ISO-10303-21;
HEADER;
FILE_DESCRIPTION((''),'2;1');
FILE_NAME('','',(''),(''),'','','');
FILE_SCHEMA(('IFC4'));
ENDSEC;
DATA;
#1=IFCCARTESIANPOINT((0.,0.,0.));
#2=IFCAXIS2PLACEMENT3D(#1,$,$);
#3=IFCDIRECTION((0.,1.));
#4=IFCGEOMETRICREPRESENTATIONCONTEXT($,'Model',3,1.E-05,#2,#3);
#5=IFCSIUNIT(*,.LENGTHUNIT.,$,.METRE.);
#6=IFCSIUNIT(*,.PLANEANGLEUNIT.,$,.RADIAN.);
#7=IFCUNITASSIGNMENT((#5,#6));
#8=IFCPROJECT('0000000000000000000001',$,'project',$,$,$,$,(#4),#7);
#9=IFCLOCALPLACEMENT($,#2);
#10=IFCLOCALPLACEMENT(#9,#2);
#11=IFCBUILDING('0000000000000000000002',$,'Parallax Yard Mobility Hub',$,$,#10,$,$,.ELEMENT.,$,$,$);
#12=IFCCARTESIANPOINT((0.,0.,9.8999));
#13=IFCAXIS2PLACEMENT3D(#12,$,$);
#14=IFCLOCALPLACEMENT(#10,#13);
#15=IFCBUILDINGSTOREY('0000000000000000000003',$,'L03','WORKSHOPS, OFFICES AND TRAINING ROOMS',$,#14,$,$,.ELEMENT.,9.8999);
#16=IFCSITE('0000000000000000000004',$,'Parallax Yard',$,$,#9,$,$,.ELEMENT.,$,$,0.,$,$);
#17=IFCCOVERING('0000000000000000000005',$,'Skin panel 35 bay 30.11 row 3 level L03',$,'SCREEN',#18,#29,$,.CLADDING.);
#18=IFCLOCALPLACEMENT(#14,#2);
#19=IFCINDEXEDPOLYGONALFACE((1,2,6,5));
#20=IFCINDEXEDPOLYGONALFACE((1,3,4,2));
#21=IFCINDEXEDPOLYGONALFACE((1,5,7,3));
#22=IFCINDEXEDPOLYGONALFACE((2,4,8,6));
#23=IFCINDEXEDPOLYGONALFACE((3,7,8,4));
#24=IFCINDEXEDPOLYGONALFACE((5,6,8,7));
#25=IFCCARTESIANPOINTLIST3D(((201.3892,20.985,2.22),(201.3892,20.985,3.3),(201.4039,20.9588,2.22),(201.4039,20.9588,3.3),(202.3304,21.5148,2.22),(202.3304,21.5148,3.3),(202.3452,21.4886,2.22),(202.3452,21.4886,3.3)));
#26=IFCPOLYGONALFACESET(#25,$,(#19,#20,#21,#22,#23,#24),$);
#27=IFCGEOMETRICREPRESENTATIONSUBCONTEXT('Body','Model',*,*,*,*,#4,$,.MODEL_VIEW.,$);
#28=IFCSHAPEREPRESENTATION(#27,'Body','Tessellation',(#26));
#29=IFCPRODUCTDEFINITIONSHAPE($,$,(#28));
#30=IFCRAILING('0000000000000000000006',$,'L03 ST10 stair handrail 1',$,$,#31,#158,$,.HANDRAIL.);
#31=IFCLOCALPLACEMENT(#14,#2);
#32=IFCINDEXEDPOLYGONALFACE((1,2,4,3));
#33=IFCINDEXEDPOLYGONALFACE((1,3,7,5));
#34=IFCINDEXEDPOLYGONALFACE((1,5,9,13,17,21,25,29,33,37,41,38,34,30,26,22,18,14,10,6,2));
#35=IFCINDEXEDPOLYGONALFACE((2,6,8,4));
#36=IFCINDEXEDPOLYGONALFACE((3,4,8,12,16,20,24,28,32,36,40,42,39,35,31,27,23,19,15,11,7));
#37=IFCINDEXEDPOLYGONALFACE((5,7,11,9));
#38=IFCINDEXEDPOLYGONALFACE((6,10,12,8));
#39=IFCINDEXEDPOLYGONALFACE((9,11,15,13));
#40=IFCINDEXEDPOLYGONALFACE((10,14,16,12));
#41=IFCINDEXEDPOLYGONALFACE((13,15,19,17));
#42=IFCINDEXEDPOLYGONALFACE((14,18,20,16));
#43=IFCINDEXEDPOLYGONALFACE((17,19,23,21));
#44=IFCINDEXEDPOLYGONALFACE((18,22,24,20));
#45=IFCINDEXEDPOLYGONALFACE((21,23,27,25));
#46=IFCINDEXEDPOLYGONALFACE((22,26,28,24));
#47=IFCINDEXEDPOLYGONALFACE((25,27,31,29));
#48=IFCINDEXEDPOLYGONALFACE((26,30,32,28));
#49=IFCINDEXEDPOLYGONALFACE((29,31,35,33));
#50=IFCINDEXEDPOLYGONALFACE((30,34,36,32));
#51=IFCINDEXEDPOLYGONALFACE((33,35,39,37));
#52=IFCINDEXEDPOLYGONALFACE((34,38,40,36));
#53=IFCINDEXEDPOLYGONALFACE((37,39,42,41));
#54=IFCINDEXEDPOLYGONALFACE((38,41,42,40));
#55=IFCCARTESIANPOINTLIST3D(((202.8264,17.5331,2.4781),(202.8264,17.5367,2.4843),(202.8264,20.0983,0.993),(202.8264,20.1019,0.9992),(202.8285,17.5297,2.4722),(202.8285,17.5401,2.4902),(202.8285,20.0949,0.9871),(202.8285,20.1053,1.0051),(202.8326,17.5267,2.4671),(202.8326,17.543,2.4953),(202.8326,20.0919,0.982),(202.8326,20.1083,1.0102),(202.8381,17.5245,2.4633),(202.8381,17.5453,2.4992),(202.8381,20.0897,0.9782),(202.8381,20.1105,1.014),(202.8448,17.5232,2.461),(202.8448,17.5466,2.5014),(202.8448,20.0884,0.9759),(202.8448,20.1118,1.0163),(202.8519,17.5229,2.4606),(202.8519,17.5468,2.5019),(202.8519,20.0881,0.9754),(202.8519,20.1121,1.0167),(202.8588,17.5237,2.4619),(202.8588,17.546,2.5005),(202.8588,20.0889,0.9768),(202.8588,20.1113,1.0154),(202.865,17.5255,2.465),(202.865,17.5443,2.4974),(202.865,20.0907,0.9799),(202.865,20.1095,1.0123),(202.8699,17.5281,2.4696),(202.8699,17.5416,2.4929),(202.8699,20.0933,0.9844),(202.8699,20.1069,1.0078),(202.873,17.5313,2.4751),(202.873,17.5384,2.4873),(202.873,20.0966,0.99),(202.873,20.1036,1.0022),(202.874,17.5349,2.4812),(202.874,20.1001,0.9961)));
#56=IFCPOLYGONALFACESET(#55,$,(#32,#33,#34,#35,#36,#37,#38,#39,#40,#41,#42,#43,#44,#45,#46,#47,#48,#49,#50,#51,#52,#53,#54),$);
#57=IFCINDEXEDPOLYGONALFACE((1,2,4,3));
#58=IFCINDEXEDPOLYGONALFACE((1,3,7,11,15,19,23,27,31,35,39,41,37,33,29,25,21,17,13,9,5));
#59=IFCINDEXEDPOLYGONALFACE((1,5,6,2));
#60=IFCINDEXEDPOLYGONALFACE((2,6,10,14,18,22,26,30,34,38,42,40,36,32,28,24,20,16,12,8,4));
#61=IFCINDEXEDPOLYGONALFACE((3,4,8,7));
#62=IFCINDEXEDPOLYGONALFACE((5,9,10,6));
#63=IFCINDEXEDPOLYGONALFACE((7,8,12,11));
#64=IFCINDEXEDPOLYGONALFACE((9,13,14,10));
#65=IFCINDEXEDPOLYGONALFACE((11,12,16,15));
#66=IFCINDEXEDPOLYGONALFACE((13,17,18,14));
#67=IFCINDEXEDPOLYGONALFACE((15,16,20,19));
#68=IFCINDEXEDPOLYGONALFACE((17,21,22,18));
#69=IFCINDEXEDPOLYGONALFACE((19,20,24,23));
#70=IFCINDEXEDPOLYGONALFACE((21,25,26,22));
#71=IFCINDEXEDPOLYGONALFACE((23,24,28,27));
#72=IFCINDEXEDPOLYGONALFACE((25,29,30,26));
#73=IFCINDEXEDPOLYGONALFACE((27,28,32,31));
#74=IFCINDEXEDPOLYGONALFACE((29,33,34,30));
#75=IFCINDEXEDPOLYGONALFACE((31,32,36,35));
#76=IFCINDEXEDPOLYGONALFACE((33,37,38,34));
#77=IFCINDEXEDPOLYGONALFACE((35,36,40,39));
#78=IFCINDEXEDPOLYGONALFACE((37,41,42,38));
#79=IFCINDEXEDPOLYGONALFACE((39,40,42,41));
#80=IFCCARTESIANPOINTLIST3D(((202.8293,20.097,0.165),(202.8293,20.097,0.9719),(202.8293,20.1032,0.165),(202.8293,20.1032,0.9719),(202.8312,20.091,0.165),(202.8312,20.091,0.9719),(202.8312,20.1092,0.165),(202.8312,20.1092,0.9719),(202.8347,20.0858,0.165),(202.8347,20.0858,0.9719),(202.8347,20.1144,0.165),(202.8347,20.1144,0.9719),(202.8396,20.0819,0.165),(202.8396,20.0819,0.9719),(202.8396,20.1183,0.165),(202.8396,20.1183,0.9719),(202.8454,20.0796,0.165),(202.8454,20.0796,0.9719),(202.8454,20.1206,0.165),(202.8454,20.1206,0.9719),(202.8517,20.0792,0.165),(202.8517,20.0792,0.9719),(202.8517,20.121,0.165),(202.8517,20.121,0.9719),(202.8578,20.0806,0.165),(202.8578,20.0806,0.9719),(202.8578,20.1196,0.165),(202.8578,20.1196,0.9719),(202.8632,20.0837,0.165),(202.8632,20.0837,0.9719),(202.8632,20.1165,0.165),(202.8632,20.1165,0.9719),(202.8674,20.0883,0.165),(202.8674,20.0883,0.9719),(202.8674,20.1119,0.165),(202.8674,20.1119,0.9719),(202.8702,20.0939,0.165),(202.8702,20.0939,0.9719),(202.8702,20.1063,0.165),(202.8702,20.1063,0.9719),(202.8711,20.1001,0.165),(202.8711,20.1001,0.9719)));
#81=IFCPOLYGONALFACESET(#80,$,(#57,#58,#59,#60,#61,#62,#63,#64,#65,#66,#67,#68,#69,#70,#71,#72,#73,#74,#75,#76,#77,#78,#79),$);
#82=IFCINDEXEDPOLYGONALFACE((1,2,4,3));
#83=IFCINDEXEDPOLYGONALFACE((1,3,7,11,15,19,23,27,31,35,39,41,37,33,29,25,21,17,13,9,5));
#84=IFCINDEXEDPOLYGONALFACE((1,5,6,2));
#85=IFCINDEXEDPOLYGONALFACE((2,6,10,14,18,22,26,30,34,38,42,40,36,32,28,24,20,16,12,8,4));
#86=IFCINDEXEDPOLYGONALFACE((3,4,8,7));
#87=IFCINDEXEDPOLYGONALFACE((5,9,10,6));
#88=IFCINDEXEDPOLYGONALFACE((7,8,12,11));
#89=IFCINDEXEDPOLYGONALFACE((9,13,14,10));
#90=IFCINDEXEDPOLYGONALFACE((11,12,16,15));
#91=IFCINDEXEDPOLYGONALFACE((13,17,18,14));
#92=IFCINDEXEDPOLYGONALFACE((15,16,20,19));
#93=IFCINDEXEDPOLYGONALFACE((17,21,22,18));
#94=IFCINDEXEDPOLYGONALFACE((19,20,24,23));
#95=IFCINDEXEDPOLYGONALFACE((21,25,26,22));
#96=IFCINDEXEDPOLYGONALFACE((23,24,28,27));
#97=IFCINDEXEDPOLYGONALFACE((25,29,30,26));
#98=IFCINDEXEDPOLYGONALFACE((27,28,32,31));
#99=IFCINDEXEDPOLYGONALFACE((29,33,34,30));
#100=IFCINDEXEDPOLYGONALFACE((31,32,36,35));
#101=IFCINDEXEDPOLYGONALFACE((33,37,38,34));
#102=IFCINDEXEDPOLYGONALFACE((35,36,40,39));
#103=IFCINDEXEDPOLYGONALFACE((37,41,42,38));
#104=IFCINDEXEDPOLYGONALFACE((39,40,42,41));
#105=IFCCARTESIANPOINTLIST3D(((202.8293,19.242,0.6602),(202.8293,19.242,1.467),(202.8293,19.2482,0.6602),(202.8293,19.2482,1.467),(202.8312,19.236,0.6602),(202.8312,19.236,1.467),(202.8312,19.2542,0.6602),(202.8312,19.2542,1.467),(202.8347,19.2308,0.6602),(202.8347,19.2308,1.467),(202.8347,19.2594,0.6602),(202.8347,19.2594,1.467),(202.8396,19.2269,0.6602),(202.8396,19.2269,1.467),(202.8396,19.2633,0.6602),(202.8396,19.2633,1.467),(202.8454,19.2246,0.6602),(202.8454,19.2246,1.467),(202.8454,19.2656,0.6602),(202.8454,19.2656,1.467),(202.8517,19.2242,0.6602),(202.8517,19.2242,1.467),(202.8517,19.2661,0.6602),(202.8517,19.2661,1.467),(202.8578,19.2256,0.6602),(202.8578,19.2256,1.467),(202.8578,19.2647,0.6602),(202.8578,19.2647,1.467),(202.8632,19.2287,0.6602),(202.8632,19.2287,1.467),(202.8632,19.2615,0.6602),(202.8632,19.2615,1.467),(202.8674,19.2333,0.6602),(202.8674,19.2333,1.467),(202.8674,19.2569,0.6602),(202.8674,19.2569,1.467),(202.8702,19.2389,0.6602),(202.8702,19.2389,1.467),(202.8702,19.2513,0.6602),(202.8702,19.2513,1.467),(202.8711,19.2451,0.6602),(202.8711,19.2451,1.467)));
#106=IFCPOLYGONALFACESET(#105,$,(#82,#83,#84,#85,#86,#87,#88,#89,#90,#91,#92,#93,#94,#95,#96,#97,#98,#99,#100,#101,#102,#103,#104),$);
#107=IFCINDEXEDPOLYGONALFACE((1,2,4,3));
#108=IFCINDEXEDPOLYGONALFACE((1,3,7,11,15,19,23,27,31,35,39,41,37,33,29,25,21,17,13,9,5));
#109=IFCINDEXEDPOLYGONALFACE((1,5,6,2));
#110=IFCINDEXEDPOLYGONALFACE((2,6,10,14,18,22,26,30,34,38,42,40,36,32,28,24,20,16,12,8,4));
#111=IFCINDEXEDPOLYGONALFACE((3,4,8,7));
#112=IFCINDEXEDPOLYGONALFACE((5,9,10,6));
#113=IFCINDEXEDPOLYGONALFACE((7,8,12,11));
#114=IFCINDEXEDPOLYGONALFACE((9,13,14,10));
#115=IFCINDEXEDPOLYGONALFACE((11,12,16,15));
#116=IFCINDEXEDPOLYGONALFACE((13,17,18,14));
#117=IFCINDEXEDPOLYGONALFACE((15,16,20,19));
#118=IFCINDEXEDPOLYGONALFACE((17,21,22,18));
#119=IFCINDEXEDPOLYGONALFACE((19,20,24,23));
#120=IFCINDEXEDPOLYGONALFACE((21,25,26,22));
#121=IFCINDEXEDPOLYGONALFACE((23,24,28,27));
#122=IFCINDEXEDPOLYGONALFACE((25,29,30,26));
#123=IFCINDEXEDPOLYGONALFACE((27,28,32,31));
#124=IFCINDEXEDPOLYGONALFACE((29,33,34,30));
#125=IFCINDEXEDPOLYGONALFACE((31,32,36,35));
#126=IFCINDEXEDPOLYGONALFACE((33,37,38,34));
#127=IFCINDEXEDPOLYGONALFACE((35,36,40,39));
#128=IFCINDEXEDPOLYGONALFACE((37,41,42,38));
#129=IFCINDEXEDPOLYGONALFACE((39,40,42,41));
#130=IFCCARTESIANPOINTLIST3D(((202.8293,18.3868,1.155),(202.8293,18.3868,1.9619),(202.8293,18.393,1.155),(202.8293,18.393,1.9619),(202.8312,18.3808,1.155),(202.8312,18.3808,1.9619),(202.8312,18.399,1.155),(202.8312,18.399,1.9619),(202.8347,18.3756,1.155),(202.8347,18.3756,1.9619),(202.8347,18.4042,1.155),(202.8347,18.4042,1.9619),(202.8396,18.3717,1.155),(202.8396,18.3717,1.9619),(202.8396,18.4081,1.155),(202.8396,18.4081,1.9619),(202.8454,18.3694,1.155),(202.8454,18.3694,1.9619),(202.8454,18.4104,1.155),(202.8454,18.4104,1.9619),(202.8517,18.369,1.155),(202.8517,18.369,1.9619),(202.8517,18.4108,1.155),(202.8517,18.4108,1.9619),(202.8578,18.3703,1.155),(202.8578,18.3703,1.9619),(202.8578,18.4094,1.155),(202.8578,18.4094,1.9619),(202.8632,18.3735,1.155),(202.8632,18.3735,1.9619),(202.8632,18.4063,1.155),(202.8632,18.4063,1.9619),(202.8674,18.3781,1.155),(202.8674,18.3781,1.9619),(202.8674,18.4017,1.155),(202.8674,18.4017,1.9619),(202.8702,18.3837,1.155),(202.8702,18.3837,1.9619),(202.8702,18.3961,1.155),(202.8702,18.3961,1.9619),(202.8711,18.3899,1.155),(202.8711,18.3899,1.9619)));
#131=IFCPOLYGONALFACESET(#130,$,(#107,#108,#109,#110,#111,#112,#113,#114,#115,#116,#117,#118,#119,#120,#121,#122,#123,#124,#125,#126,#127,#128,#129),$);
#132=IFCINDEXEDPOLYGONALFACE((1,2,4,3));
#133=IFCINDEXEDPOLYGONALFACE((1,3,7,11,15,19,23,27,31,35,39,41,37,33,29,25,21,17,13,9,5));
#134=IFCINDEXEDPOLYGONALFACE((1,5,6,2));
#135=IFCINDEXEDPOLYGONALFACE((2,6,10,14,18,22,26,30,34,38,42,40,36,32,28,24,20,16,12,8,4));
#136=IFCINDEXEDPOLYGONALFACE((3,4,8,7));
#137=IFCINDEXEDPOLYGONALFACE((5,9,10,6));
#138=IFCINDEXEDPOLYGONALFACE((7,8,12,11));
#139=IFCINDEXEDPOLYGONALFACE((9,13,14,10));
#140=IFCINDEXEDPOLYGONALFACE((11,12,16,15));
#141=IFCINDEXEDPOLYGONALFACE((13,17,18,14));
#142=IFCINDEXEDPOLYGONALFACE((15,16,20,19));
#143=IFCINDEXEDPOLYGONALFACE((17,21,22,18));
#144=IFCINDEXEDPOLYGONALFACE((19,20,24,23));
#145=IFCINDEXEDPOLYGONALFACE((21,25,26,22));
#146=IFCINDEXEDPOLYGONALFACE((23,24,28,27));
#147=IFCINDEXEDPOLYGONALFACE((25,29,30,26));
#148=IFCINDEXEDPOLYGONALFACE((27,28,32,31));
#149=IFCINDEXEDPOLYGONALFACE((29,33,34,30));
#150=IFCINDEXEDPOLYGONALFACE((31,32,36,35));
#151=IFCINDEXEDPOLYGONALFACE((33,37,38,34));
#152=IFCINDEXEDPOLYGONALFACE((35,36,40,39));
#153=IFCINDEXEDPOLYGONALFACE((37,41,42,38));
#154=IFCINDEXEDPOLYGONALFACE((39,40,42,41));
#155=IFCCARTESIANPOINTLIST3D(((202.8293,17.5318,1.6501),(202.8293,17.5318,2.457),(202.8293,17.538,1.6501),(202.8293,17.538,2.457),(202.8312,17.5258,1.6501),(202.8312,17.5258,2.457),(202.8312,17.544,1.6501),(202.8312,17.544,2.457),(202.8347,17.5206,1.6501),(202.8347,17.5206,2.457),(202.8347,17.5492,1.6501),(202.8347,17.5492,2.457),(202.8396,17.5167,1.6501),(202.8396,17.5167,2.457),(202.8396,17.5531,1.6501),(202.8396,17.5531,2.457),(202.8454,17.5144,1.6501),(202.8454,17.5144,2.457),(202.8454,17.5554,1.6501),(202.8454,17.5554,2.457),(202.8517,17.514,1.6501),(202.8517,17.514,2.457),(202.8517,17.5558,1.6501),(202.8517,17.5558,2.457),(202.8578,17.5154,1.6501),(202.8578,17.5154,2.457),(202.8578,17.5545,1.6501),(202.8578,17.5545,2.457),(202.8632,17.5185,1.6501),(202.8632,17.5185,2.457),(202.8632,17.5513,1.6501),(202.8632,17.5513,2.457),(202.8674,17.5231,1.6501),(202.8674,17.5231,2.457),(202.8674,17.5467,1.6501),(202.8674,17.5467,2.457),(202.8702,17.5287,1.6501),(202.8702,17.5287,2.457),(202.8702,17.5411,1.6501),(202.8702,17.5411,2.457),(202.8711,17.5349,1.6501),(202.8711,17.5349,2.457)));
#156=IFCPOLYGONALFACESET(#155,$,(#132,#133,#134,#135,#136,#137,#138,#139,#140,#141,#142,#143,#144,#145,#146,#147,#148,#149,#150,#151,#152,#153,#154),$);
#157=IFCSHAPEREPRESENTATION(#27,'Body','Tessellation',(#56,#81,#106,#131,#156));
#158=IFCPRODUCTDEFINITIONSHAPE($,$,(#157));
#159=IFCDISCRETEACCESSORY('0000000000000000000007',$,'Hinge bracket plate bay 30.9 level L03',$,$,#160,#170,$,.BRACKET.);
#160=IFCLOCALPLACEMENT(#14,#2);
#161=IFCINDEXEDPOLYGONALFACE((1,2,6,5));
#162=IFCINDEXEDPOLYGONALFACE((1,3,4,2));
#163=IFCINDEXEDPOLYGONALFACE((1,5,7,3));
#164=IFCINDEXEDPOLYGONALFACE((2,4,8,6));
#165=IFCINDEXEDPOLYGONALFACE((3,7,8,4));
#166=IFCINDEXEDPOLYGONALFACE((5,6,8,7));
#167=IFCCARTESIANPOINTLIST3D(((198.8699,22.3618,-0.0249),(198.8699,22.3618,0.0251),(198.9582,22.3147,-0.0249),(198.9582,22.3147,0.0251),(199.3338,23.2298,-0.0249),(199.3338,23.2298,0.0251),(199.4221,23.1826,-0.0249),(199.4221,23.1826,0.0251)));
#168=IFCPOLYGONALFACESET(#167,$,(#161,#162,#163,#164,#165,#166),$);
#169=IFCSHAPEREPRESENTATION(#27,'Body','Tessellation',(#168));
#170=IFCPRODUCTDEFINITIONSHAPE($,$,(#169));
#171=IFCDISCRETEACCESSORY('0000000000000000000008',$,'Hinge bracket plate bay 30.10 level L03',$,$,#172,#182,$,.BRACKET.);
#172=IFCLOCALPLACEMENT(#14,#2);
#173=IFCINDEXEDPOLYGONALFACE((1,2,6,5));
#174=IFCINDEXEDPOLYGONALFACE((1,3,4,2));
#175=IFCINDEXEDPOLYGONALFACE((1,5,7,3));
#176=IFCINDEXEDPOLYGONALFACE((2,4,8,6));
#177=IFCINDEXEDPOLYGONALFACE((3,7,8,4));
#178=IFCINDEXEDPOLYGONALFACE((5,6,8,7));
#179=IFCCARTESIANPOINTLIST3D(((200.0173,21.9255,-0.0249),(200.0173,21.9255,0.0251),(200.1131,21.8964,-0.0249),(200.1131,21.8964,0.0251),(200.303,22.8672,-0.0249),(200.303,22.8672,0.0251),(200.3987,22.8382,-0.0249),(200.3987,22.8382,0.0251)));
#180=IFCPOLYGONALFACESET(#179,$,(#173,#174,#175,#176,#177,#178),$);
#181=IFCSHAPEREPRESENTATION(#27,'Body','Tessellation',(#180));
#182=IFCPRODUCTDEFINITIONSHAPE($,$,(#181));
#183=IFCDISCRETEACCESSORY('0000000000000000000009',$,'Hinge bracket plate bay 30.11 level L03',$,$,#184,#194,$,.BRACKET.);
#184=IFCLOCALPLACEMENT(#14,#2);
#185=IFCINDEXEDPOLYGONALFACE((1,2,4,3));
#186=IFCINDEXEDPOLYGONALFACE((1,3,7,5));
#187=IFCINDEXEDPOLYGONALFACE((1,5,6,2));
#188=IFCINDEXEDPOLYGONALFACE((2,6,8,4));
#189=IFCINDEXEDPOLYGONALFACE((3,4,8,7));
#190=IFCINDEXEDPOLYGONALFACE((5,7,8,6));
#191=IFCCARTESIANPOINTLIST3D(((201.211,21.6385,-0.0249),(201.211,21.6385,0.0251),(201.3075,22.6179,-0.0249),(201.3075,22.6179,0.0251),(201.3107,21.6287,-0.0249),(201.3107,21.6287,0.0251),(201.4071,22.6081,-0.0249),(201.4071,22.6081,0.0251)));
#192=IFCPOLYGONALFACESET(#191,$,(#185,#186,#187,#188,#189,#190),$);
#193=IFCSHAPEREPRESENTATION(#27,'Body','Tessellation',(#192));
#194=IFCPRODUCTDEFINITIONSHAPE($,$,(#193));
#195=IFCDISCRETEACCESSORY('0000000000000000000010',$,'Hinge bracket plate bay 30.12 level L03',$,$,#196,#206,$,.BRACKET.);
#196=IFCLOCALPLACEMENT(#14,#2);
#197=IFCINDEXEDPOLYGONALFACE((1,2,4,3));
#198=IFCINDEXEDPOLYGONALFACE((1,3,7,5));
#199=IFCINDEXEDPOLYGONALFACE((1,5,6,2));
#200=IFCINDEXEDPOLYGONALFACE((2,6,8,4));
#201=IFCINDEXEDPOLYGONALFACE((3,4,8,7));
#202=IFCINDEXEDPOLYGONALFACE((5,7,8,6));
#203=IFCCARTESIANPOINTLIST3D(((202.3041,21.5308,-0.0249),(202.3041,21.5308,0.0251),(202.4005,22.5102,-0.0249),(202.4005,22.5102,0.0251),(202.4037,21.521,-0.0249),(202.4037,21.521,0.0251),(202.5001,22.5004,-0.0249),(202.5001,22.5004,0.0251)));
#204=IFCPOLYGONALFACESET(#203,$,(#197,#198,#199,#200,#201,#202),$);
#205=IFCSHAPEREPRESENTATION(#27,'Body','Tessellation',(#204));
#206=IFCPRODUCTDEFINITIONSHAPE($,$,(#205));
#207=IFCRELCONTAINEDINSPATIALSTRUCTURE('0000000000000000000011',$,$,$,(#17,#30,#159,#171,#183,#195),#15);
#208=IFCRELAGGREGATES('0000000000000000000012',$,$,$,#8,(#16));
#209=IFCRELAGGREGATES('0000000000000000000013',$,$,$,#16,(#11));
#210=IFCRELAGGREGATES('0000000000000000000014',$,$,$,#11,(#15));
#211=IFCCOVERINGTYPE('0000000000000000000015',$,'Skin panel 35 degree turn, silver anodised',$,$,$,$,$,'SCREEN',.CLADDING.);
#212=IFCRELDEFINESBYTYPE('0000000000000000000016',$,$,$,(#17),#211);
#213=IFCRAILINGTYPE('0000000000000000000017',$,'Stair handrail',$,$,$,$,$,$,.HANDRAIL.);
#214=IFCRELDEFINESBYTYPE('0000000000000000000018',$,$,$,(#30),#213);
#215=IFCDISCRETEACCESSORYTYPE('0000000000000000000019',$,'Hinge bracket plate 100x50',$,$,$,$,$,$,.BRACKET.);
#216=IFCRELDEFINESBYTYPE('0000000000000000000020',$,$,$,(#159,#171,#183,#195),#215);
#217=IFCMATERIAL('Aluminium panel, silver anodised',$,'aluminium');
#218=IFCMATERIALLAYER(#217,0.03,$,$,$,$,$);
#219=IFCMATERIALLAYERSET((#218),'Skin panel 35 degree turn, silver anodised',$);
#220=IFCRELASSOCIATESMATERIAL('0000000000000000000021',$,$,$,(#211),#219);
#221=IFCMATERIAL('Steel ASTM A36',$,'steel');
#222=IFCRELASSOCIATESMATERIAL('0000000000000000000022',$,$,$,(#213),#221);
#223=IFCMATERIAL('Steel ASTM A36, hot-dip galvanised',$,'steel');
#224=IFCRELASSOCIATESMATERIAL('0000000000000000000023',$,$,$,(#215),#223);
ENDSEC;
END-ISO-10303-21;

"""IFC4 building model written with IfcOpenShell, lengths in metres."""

from ifc_helpers import new_model, si_unit, direction, frame, origin, origin_2d, place, context, subcontext, project, spatial, rectangle, circle, extrude, material, layer, layer_set, type_object, element, save


model = new_model("IFC4")

# Units and contexts
model_context = context("Model", 3, precision=1e-05, world=origin(), true_north=direction((0.0, 1.0)))
body_context = subcontext(model_context, "Body", "Model", "MODEL_VIEW")
ifc_project = project(units=[si_unit("LENGTHUNIT", "METRE"), si_unit("PLANEANGLEUNIT", "RADIAN")], contexts=[model_context])

# Site, building, storey
site_placement = place(None, origin())
site = spatial("IfcSite", under=ifc_project, at=site_placement, Name="Parallax Yard", CompositionType="ELEMENT", RefElevation=0.0)
building_placement = place(site_placement, origin())
building = spatial("IfcBuilding", under=site, at=building_placement, Name="Parallax Yard Mobility Hub", CompositionType="ELEMENT")
storey_placement = place(building_placement, frame((0.0, 0.0, 9.8999)))
storey = spatial("IfcBuildingStorey", under=building, at=storey_placement, Name="L03", Description="WORKSHOPS, OFFICES AND TRAINING ROOMS", CompositionType="ELEMENT", Elevation=9.8999)

# Covering
ifc_material_1 = material(Name="Aluminium panel, silver anodised", Category="aluminium")
ifc_layer_1 = layer(ifc_material_1, 0.03)
ifc_layer_set_1 = layer_set([ifc_layer_1], Name="Skin panel 35 degree turn, silver anodised")
covering_type_1 = type_object("IfcCoveringType", Name="Skin panel 35 degree turn, silver anodised", ElementType="SCREEN", PredefinedType="CLADDING", material=ifc_layer_set_1)
for number, where, z_axis, x_axis, name in (
    (1, (201.8672, 21.2368, 2.22), (0.0, 0.0, 1.0), (-0.871428, -0.490524, 0.0), "Skin panel 35 bay 30.11 row 3 level L03"),
):
    element("IfcCovering", number, at=place(storey_placement, frame(where, z_axis=z_axis, x_axis=x_axis)), inside=storey, type_object=covering_type_1, Name=name, ObjectType="SCREEN", PredefinedType="CLADDING", context=body_context, shape_type="SweptSolid", body=[
        extrude(rectangle(XDim=1.0801, YDim=0.03, at=origin_2d()), origin(), (0.0, 0.0, 1.0), 1.0801),
    ])

# Railing
ifc_material_2 = material(Name="Steel ASTM A36", Category="steel")
railing_type = type_object("IfcRailingType", Name="Stair handrail", PredefinedType="HANDRAIL", material=ifc_material_2)
railing_placement = place(storey_placement, frame((202.8501, 20.1001, 0.165)))
element("IfcRailing", 2, at=railing_placement, inside=storey, type_object=railing_type, Name="L03 ST10 stair handrail 1", PredefinedType="HANDRAIL", context=body_context, shape_type="SweptSolid", body=[
    extrude(circle(Radius=0.0239, at=origin_2d()), frame((0.0, 0.0, 0.8311), z_axis=(0.0, -0.865426, 0.501036), x_axis=(1.0, 0.0, 0.0)), (0.0, 0.0, 1.0), 2.9641),
    extrude(circle(Radius=0.021, at=origin_2d()), origin(), (0.0, 0.0, 1.0), 0.8069),
    extrude(circle(Radius=0.021, at=origin_2d()), frame((0.0, -0.855, 0.4951)), (0.0, 0.0, 1.0), 0.8069),
    extrude(circle(Radius=0.021, at=origin_2d()), frame((0.0, -1.7102, 0.99)), (0.0, 0.0, 1.0), 0.8069),
    extrude(circle(Radius=0.021, at=origin_2d()), frame((0.0, -2.5652, 1.4851)), (0.0, 0.0, 1.0), 0.8069),
])

# Discrete accessories
ifc_material_3 = material(Name="Steel ASTM A36, hot-dip galvanised", Category="steel")
discrete_accessory_type_1 = type_object("IfcDiscreteAccessoryType", Name="Hinge bracket plate 100x50", PredefinedType="BRACKET", material=ifc_material_3)
for number, where, z_axis, x_axis, name in (
    (3, (199.146, 22.7722, -0.0249), (0.0, 0.0, 1.0), (-0.471397, -0.881921, 0.0), "Hinge bracket plate bay 30.9 level L03"),
    (4, (200.208, 22.3818, -0.0249), (0.0, 0.0, 1.0), (-0.290285, -0.95694, 0.0), "Hinge bracket plate bay 30.10 level L03"),
    (5, (201.3091, 22.1233, -0.0249), (0.0, 0.0, 1.0), (-0.098017, -0.995185, 0.0), "Hinge bracket plate bay 30.11 level L03"),
    (6, (202.4021, 22.0156, -0.0249), (0.0, 0.0, 1.0), (-0.098017, -0.995185, 0.0), "Hinge bracket plate bay 30.12 level L03"),
):
    element("IfcDiscreteAccessory", number, at=place(storey_placement, frame(where, z_axis=z_axis, x_axis=x_axis)), inside=storey, type_object=discrete_accessory_type_1, Name=name, PredefinedType="BRACKET", context=body_context, shape_type="SweptSolid", body=[
        extrude(rectangle(XDim=0.9841, YDim=0.1001, at=origin_2d()), origin(), (0.0, 0.0, 1.0), 0.05),
    ])

save(model, "model.ifc")
